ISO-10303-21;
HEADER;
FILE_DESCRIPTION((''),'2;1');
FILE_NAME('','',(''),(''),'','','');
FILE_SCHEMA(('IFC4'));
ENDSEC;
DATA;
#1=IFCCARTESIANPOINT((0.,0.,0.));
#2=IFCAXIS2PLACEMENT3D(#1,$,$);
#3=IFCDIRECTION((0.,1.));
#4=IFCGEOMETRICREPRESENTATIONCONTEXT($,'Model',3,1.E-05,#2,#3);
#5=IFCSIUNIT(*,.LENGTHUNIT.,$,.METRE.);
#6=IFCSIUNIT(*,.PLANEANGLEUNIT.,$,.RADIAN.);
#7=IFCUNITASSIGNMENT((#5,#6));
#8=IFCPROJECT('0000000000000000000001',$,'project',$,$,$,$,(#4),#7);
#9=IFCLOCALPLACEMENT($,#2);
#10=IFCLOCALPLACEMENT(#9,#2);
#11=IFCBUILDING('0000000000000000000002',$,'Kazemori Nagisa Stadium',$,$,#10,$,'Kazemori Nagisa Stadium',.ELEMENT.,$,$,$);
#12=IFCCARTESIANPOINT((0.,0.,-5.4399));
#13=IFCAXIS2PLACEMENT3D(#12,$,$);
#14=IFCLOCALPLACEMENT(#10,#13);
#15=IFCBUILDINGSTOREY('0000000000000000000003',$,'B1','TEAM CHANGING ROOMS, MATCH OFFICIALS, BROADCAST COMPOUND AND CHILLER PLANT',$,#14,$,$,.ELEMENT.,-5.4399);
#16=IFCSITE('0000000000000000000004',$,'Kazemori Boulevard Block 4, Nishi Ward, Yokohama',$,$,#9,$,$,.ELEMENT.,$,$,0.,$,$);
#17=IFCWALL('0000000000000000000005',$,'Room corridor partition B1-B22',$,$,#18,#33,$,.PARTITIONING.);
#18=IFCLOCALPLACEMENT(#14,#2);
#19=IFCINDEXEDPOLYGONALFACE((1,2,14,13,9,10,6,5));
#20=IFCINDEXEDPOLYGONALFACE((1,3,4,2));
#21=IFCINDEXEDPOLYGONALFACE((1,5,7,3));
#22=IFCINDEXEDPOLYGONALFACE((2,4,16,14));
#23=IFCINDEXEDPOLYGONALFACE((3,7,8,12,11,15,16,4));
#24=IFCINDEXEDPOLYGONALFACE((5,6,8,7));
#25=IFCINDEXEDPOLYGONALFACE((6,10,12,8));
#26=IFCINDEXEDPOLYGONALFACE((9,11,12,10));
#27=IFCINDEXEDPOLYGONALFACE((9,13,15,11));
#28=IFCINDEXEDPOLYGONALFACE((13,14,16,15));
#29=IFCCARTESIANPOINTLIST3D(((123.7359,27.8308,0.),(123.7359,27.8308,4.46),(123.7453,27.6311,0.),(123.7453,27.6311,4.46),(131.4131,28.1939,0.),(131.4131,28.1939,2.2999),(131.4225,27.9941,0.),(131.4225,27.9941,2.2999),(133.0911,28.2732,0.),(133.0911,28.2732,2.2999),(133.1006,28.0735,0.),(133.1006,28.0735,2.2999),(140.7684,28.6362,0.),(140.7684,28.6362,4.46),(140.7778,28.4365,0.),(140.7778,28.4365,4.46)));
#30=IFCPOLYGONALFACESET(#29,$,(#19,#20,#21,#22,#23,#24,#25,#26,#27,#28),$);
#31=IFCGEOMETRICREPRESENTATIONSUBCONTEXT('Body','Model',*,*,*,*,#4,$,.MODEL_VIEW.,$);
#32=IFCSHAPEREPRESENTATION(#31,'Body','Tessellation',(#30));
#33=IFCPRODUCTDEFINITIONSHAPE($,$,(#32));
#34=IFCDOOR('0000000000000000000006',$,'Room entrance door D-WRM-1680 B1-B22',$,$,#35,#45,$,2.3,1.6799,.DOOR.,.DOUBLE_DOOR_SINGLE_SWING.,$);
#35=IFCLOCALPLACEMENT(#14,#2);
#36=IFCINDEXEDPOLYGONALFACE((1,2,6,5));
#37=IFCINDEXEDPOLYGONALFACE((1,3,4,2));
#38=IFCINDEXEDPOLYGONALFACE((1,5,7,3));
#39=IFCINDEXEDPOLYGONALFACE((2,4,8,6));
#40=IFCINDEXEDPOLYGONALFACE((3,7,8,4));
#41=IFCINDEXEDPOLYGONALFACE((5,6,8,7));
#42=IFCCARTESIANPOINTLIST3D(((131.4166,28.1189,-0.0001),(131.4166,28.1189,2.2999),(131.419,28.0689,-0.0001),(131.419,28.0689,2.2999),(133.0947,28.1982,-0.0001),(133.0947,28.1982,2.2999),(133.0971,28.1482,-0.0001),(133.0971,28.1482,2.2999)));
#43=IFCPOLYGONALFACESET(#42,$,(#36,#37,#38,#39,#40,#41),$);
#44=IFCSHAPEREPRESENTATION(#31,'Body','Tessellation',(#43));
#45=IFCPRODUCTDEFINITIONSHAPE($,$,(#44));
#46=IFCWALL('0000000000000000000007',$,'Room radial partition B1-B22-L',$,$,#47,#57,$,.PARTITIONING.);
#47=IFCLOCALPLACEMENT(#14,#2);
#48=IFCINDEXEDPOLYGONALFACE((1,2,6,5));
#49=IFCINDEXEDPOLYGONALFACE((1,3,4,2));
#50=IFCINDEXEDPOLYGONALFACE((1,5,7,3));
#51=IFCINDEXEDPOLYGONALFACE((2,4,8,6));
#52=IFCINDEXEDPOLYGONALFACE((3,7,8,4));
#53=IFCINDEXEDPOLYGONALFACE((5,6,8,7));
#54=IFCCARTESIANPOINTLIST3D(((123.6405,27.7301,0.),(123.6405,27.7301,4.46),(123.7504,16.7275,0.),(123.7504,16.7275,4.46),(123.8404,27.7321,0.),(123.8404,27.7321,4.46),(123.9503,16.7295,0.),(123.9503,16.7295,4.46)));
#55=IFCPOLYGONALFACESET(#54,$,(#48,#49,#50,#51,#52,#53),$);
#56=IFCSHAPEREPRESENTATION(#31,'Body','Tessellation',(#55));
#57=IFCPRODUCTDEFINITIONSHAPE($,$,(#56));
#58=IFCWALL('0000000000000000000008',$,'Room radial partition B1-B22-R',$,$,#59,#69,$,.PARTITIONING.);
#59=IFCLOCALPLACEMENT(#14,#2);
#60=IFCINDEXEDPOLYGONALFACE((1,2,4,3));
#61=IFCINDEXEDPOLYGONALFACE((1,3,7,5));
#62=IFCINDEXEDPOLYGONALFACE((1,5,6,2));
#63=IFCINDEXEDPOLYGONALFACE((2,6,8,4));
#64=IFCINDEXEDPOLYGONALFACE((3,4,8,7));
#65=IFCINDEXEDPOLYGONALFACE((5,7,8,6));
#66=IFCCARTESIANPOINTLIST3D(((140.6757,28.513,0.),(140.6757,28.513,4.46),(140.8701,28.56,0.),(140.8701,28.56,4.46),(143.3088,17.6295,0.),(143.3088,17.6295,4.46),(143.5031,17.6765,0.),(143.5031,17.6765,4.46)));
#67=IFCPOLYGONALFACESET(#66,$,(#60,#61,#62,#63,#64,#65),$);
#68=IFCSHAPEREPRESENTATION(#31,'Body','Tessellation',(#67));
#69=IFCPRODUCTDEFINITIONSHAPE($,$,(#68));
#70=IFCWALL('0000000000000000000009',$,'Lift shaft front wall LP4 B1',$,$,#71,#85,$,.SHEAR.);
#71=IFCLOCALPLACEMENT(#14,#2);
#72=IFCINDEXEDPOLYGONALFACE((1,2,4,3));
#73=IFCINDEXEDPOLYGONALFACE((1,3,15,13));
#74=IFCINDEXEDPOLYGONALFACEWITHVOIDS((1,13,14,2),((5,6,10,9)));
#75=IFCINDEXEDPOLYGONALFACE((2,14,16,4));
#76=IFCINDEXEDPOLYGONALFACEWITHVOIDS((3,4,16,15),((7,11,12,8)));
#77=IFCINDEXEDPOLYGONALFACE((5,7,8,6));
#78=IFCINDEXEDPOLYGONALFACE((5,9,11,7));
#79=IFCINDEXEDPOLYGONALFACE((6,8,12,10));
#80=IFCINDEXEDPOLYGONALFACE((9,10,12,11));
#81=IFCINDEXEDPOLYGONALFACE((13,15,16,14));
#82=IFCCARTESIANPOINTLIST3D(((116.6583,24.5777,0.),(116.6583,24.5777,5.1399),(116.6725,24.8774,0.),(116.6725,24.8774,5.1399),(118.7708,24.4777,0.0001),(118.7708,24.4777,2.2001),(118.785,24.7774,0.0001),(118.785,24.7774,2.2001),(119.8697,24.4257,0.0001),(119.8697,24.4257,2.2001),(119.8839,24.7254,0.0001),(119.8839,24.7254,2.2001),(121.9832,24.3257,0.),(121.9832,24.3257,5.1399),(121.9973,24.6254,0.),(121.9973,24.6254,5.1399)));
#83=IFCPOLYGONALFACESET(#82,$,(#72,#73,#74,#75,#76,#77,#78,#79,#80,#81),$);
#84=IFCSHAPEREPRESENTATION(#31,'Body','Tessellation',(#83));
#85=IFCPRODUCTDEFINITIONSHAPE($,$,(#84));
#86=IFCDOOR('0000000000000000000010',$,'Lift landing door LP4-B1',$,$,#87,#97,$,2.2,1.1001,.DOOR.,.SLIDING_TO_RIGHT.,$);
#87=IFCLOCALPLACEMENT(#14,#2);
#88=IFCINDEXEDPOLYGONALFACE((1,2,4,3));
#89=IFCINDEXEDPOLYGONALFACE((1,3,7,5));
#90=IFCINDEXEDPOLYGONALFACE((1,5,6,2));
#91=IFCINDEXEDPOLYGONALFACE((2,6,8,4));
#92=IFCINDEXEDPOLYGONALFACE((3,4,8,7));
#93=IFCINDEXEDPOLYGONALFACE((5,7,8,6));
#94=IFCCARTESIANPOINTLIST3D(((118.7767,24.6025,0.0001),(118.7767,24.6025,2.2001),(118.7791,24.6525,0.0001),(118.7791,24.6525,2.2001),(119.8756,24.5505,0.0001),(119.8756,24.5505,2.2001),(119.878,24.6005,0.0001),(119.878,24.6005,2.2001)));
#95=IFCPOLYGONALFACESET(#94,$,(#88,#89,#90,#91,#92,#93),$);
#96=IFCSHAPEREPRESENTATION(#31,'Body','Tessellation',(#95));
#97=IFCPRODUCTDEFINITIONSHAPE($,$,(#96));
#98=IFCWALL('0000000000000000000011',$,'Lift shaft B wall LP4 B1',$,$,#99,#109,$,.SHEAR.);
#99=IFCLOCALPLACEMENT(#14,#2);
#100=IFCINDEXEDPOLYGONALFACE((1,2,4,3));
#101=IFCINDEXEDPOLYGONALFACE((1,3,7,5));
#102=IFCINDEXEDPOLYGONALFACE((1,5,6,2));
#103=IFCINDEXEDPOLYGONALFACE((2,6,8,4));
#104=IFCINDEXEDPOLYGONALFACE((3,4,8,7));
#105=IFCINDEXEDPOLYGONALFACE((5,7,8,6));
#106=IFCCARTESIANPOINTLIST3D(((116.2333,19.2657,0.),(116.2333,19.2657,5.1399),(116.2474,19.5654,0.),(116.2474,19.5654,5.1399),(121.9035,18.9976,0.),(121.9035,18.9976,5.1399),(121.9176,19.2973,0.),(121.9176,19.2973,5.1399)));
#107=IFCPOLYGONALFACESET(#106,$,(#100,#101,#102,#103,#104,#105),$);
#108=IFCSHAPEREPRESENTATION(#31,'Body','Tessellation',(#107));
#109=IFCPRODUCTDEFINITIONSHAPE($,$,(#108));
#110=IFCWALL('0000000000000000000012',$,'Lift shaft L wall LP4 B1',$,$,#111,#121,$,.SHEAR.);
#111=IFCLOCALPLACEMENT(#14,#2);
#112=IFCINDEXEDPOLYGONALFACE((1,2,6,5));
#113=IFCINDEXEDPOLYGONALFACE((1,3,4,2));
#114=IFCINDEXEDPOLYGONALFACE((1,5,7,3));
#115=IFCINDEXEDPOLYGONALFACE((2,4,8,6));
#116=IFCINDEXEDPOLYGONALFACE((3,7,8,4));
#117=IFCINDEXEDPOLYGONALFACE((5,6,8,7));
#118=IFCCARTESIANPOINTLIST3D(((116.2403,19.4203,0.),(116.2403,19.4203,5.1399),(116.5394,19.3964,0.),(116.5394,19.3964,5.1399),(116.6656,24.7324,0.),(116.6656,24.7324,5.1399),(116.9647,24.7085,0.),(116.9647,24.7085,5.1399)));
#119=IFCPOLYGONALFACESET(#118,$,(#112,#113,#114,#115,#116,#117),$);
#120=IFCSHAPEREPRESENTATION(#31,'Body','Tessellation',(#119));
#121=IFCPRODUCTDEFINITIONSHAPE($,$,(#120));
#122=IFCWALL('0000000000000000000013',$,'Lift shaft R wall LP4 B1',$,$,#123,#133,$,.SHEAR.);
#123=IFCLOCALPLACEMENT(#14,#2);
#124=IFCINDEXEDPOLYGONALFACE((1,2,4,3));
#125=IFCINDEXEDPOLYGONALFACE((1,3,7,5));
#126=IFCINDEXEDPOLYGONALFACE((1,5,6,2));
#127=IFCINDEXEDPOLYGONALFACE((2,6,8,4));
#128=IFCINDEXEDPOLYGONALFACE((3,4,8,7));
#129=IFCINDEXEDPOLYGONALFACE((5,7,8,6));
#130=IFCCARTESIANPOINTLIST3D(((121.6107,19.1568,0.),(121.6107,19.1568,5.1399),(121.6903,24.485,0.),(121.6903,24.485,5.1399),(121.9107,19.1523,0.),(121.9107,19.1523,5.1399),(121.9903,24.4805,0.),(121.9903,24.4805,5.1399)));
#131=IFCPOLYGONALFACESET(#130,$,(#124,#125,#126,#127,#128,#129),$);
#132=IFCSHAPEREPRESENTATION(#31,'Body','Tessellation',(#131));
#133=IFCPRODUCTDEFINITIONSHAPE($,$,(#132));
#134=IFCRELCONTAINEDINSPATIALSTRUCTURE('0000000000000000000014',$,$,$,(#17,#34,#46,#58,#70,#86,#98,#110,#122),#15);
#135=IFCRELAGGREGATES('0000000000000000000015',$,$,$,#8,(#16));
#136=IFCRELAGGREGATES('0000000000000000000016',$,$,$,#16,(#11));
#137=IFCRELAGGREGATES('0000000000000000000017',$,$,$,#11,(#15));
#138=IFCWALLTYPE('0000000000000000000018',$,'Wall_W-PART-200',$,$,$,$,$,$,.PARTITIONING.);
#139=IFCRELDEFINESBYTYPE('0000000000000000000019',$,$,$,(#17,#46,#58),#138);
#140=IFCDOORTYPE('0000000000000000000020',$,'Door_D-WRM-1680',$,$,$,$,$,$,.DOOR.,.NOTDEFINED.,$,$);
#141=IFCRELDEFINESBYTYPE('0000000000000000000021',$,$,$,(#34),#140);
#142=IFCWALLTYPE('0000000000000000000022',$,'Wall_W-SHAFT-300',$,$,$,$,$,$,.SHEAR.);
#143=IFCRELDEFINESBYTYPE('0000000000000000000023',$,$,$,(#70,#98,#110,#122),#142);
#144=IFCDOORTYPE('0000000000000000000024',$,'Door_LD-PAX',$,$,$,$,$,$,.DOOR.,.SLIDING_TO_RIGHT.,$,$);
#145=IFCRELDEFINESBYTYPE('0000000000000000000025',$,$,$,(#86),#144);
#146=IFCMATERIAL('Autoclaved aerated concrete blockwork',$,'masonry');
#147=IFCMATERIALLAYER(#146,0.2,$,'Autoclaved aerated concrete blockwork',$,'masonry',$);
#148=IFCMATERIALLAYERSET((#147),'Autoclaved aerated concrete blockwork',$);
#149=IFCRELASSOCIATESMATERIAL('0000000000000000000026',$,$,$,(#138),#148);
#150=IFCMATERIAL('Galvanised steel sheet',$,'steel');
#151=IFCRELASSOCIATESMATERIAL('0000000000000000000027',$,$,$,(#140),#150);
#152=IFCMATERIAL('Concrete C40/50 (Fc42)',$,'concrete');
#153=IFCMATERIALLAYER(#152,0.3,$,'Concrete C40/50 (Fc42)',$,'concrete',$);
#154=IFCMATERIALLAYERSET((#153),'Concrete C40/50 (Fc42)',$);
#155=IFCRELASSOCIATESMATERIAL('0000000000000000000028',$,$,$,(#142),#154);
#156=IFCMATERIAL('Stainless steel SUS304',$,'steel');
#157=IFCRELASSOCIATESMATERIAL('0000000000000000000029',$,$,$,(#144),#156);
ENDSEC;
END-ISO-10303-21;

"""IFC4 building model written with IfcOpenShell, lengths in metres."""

from ifc_helpers import new_model, si_unit, direction, frame, frame_2d, origin, place, context, subcontext, project, spatial, rectangle, extrude, material, layer, layer_set, type_object, element, fill, save


model = new_model("IFC4")

# Units and contexts
model_context = context("Model", 3, precision=1e-05, world=origin(), true_north=direction((0.0, 1.0)))
body_context = subcontext(model_context, "Body", "Model", "MODEL_VIEW")
ifc_project = project(units=[si_unit("LENGTHUNIT", "METRE"), si_unit("PLANEANGLEUNIT", "RADIAN")], contexts=[model_context])

# Site, building, storey
site_placement = place(None, origin())
site = spatial("IfcSite", under=ifc_project, at=site_placement, Name="Kazemori Boulevard Block 4, Nishi Ward, Yokohama", CompositionType="ELEMENT", RefElevation=0.0)
building_placement = place(site_placement, origin())
building = spatial("IfcBuilding", under=site, at=building_placement, Name="Kazemori Nagisa Stadium", LongName="Kazemori Nagisa Stadium", CompositionType="ELEMENT")
storey_placement = place(building_placement, frame((0.0, 0.0, -5.4399)))
storey = spatial("IfcBuildingStorey", under=building, at=storey_placement, Name="B1", Description="TEAM CHANGING ROOMS, MATCH OFFICIALS, BROADCAST COMPOUND AND CHILLER PLANT", CompositionType="ELEMENT", Elevation=-5.4399)

# Shared definitions
ifc_material_1 = material(Name="Concrete C40/50 (Fc42)", Category="concrete")

# Shared definitions
ifc_material_2 = material(Name="Galvanised steel sheet", Category="steel")

# Wall, opening, door
ifc_material_3 = material(Name="Autoclaved aerated concrete blockwork", Category="masonry")
ifc_layer_1 = layer(ifc_material_3, 0.2, Name="Autoclaved aerated concrete blockwork", Category="masonry")
ifc_layer_set_1 = layer_set([ifc_layer_1], Name="Autoclaved aerated concrete blockwork")
wall_type_1 = type_object("IfcWallType", Name="Wall_W-PART-200", PredefinedType="PARTITIONING", material=ifc_layer_set_1)
wall_1_placement = place(storey_placement, frame((123.7405, 27.731, 0.0), z_axis=(0.0, 0.0, 1.0), x_axis=(0.998884, 0.047235, 0.0)))
wall_1 = element("IfcWall", 1, at=wall_1_placement, inside=storey, type_object=wall_type_1, Name="Room corridor partition B1-B22", PredefinedType="PARTITIONING", context=body_context, shape_type="SweptSolid", body=[
    extrude(rectangle(XDim=17.0515, YDim=0.2, at=frame_2d((8.5259, 0.0))), origin(), (0.0, 0.0, 1.0), 4.46),
])
opening_1_placement = place(wall_1_placement, frame((7.686, 0.0, 0.0)))
opening_1 = element("IfcOpeningElement", 2, at=opening_1_placement, cuts=wall_1, PredefinedType="OPENING", context=body_context, shape_type="SweptSolid", body=[
    extrude(rectangle(XDim=1.6799, YDim=2.3, at=frame_2d((0.8398, 1.1499))), frame((0.0, 0.1099, 0.0), z_axis=(0.0, -1.0, 0.0), x_axis=(1.0, 0.0, 0.0)), (0.0, 0.0, 1.0), 0.22),
])
door_type_1 = type_object("IfcDoorType", Name="Door_D-WRM-1680", OperationType="NOTDEFINED", PredefinedType="DOOR", material=ifc_material_2)
door_1_placement = place(opening_1_placement, origin())
door_1 = element("IfcDoor", 3, at=door_1_placement, inside=storey, type_object=door_type_1, Name="Room entrance door D-WRM-1680 B1-B22", OperationType="DOUBLE_DOOR_SINGLE_SWING", OverallHeight=2.3, OverallWidth=1.6799, PredefinedType="DOOR", context=body_context, shape_type="SweptSolid", body=[
    extrude(rectangle(XDim=1.6799, YDim=2.3, at=frame_2d((0.8398, 1.1499))), frame((0.0, 0.0249, 0.0), z_axis=(0.0, -1.0, 0.0), x_axis=(1.0, 0.0, 0.0)), (0.0, 0.0, 1.0), 0.05),
])
fill(opening_1, door_1)

# Walls
wall_2_placement = place(storey_placement, frame((123.7405, 27.731, 0.0), z_axis=(0.0, 0.0, 1.0), x_axis=(0.009985, -0.99995, 0.0)))
element("IfcWall", 4, at=wall_2_placement, inside=storey, type_object=wall_type_1, Name="Room radial partition B1-B22-L", PredefinedType="PARTITIONING", context=body_context, shape_type="SweptSolid", body=[
    extrude(rectangle(XDim=11.0032, YDim=0.2, at=frame_2d((5.5015, 0.0))), origin(), (0.0, 0.0, 1.0), 4.46),
])
wall_3_placement = place(storey_placement, frame((140.7729, 28.5364, 0.0), z_axis=(0.0, 0.0, 1.0), x_axis=(0.235146, -0.97196, 0.0)))
element("IfcWall", 5, at=wall_3_placement, inside=storey, type_object=wall_type_1, Name="Room radial partition B1-B22-R", PredefinedType="PARTITIONING", context=body_context, shape_type="SweptSolid", body=[
    extrude(rectangle(XDim=11.1975, YDim=0.2, at=frame_2d((5.5986, 0.0))), origin(), (0.0, 0.0, 1.0), 4.46),
])

# Wall, opening, door
ifc_layer_2 = layer(ifc_material_1, 0.3, Name="Concrete C40/50 (Fc42)", Category="concrete")
ifc_layer_set_2 = layer_set([ifc_layer_2], Name="Concrete C40/50 (Fc42)")
wall_type_2 = type_object("IfcWallType", Name="Wall_W-SHAFT-300", PredefinedType="SHEAR", material=ifc_layer_set_2)
wall_4_placement = place(storey_placement, frame((116.6653, 24.7275, 0.0), z_axis=(0.0, 0.0, 1.0), x_axis=(0.998882, -0.047263, 0.0)))
wall_4 = element("IfcWall", 6, at=wall_4_placement, inside=storey, type_object=wall_type_2, Name="Lift shaft front wall LP4 B1", PredefinedType="SHEAR", context=body_context, shape_type="SweptSolid", body=[
    extrude(rectangle(XDim=5.3308, YDim=0.3, at=frame_2d((2.6655, 0.0))), origin(), (0.0, 0.0, 1.0), 5.1399),
])
opening_2_placement = place(wall_4_placement, frame((2.115, 0.0, 0.0)))
opening_2 = element("IfcOpeningElement", 7, at=opening_2_placement, cuts=wall_4, PredefinedType="OPENING", context=body_context, shape_type="SweptSolid", body=[
    extrude(rectangle(XDim=1.1001, YDim=2.2, at=frame_2d((0.55, 1.1001))), frame((0.0, 0.1599, 0.0), z_axis=(0.0, -1.0, 0.0), x_axis=(1.0, 0.0, 0.0)), (0.0, 0.0, 1.0), 0.3201),
])
ifc_material_4 = material(Name="Stainless steel SUS304", Category="steel")
door_type_2 = type_object("IfcDoorType", Name="Door_LD-PAX", OperationType="SLIDING_TO_RIGHT", PredefinedType="DOOR", material=ifc_material_4)
door_2_placement = place(opening_2_placement, origin())
door_2 = element("IfcDoor", 8, at=door_2_placement, inside=storey, type_object=door_type_2, Name="Lift landing door LP4-B1", OperationType="SLIDING_TO_RIGHT", OverallHeight=2.2, OverallWidth=1.1001, PredefinedType="DOOR", context=body_context, shape_type="SweptSolid", body=[
    extrude(rectangle(XDim=1.1001, YDim=2.2, at=frame_2d((0.55, 1.1001))), frame((0.0, 0.0249, 0.0), z_axis=(0.0, -1.0, 0.0), x_axis=(1.0, 0.0, 0.0)), (0.0, 0.0, 1.0), 0.05),
])
fill(opening_2, door_2)

# Walls
wall_5_placement = place(storey_placement, frame((116.2402, 19.4155, 0.0), z_axis=(0.0, 0.0, 1.0), x_axis=(0.998884, -0.047224, 0.0)))
element("IfcWall", 9, at=wall_5_placement, inside=storey, type_object=wall_type_2, Name="Lift shaft B wall LP4 B1", PredefinedType="SHEAR", context=body_context, shape_type="SweptSolid", body=[
    extrude(rectangle(XDim=5.6765, YDim=0.3, at=frame_2d((2.8384, 0.0))), origin(), (0.0, 0.0, 1.0), 5.1399),
])
wall_6_placement = place(storey_placement, frame((116.8152, 24.7205, 0.0), z_axis=(0.0, 0.0, 1.0), x_axis=(-0.079807, -0.99681, 0.0)))
element("IfcWall", 10, at=wall_6_placement, inside=storey, type_object=wall_type_2, Name="Lift shaft L wall LP4 B1", PredefinedType="SHEAR", context=body_context, shape_type="SweptSolid", body=[
    extrude(rectangle(XDim=5.3291, YDim=0.3, at=frame_2d((2.6646, 0.0))), origin(), (0.0, 0.0, 1.0), 5.1399),
])
wall_7_placement = place(storey_placement, frame((121.8403, 24.4829, 0.0), z_axis=(0.0, 0.0, 1.0), x_axis=(-0.014935, -0.999888, 0.0)))
element("IfcWall", 11, at=wall_7_placement, inside=storey, type_object=wall_type_2, Name="Lift shaft R wall LP4 B1", PredefinedType="SHEAR", context=body_context, shape_type="SweptSolid", body=[
    extrude(rectangle(XDim=5.3289, YDim=0.3, at=frame_2d((2.6646, 0.0))), origin(), (0.0, 0.0, 1.0), 5.1399),
])

save(model, "model.ifc")
